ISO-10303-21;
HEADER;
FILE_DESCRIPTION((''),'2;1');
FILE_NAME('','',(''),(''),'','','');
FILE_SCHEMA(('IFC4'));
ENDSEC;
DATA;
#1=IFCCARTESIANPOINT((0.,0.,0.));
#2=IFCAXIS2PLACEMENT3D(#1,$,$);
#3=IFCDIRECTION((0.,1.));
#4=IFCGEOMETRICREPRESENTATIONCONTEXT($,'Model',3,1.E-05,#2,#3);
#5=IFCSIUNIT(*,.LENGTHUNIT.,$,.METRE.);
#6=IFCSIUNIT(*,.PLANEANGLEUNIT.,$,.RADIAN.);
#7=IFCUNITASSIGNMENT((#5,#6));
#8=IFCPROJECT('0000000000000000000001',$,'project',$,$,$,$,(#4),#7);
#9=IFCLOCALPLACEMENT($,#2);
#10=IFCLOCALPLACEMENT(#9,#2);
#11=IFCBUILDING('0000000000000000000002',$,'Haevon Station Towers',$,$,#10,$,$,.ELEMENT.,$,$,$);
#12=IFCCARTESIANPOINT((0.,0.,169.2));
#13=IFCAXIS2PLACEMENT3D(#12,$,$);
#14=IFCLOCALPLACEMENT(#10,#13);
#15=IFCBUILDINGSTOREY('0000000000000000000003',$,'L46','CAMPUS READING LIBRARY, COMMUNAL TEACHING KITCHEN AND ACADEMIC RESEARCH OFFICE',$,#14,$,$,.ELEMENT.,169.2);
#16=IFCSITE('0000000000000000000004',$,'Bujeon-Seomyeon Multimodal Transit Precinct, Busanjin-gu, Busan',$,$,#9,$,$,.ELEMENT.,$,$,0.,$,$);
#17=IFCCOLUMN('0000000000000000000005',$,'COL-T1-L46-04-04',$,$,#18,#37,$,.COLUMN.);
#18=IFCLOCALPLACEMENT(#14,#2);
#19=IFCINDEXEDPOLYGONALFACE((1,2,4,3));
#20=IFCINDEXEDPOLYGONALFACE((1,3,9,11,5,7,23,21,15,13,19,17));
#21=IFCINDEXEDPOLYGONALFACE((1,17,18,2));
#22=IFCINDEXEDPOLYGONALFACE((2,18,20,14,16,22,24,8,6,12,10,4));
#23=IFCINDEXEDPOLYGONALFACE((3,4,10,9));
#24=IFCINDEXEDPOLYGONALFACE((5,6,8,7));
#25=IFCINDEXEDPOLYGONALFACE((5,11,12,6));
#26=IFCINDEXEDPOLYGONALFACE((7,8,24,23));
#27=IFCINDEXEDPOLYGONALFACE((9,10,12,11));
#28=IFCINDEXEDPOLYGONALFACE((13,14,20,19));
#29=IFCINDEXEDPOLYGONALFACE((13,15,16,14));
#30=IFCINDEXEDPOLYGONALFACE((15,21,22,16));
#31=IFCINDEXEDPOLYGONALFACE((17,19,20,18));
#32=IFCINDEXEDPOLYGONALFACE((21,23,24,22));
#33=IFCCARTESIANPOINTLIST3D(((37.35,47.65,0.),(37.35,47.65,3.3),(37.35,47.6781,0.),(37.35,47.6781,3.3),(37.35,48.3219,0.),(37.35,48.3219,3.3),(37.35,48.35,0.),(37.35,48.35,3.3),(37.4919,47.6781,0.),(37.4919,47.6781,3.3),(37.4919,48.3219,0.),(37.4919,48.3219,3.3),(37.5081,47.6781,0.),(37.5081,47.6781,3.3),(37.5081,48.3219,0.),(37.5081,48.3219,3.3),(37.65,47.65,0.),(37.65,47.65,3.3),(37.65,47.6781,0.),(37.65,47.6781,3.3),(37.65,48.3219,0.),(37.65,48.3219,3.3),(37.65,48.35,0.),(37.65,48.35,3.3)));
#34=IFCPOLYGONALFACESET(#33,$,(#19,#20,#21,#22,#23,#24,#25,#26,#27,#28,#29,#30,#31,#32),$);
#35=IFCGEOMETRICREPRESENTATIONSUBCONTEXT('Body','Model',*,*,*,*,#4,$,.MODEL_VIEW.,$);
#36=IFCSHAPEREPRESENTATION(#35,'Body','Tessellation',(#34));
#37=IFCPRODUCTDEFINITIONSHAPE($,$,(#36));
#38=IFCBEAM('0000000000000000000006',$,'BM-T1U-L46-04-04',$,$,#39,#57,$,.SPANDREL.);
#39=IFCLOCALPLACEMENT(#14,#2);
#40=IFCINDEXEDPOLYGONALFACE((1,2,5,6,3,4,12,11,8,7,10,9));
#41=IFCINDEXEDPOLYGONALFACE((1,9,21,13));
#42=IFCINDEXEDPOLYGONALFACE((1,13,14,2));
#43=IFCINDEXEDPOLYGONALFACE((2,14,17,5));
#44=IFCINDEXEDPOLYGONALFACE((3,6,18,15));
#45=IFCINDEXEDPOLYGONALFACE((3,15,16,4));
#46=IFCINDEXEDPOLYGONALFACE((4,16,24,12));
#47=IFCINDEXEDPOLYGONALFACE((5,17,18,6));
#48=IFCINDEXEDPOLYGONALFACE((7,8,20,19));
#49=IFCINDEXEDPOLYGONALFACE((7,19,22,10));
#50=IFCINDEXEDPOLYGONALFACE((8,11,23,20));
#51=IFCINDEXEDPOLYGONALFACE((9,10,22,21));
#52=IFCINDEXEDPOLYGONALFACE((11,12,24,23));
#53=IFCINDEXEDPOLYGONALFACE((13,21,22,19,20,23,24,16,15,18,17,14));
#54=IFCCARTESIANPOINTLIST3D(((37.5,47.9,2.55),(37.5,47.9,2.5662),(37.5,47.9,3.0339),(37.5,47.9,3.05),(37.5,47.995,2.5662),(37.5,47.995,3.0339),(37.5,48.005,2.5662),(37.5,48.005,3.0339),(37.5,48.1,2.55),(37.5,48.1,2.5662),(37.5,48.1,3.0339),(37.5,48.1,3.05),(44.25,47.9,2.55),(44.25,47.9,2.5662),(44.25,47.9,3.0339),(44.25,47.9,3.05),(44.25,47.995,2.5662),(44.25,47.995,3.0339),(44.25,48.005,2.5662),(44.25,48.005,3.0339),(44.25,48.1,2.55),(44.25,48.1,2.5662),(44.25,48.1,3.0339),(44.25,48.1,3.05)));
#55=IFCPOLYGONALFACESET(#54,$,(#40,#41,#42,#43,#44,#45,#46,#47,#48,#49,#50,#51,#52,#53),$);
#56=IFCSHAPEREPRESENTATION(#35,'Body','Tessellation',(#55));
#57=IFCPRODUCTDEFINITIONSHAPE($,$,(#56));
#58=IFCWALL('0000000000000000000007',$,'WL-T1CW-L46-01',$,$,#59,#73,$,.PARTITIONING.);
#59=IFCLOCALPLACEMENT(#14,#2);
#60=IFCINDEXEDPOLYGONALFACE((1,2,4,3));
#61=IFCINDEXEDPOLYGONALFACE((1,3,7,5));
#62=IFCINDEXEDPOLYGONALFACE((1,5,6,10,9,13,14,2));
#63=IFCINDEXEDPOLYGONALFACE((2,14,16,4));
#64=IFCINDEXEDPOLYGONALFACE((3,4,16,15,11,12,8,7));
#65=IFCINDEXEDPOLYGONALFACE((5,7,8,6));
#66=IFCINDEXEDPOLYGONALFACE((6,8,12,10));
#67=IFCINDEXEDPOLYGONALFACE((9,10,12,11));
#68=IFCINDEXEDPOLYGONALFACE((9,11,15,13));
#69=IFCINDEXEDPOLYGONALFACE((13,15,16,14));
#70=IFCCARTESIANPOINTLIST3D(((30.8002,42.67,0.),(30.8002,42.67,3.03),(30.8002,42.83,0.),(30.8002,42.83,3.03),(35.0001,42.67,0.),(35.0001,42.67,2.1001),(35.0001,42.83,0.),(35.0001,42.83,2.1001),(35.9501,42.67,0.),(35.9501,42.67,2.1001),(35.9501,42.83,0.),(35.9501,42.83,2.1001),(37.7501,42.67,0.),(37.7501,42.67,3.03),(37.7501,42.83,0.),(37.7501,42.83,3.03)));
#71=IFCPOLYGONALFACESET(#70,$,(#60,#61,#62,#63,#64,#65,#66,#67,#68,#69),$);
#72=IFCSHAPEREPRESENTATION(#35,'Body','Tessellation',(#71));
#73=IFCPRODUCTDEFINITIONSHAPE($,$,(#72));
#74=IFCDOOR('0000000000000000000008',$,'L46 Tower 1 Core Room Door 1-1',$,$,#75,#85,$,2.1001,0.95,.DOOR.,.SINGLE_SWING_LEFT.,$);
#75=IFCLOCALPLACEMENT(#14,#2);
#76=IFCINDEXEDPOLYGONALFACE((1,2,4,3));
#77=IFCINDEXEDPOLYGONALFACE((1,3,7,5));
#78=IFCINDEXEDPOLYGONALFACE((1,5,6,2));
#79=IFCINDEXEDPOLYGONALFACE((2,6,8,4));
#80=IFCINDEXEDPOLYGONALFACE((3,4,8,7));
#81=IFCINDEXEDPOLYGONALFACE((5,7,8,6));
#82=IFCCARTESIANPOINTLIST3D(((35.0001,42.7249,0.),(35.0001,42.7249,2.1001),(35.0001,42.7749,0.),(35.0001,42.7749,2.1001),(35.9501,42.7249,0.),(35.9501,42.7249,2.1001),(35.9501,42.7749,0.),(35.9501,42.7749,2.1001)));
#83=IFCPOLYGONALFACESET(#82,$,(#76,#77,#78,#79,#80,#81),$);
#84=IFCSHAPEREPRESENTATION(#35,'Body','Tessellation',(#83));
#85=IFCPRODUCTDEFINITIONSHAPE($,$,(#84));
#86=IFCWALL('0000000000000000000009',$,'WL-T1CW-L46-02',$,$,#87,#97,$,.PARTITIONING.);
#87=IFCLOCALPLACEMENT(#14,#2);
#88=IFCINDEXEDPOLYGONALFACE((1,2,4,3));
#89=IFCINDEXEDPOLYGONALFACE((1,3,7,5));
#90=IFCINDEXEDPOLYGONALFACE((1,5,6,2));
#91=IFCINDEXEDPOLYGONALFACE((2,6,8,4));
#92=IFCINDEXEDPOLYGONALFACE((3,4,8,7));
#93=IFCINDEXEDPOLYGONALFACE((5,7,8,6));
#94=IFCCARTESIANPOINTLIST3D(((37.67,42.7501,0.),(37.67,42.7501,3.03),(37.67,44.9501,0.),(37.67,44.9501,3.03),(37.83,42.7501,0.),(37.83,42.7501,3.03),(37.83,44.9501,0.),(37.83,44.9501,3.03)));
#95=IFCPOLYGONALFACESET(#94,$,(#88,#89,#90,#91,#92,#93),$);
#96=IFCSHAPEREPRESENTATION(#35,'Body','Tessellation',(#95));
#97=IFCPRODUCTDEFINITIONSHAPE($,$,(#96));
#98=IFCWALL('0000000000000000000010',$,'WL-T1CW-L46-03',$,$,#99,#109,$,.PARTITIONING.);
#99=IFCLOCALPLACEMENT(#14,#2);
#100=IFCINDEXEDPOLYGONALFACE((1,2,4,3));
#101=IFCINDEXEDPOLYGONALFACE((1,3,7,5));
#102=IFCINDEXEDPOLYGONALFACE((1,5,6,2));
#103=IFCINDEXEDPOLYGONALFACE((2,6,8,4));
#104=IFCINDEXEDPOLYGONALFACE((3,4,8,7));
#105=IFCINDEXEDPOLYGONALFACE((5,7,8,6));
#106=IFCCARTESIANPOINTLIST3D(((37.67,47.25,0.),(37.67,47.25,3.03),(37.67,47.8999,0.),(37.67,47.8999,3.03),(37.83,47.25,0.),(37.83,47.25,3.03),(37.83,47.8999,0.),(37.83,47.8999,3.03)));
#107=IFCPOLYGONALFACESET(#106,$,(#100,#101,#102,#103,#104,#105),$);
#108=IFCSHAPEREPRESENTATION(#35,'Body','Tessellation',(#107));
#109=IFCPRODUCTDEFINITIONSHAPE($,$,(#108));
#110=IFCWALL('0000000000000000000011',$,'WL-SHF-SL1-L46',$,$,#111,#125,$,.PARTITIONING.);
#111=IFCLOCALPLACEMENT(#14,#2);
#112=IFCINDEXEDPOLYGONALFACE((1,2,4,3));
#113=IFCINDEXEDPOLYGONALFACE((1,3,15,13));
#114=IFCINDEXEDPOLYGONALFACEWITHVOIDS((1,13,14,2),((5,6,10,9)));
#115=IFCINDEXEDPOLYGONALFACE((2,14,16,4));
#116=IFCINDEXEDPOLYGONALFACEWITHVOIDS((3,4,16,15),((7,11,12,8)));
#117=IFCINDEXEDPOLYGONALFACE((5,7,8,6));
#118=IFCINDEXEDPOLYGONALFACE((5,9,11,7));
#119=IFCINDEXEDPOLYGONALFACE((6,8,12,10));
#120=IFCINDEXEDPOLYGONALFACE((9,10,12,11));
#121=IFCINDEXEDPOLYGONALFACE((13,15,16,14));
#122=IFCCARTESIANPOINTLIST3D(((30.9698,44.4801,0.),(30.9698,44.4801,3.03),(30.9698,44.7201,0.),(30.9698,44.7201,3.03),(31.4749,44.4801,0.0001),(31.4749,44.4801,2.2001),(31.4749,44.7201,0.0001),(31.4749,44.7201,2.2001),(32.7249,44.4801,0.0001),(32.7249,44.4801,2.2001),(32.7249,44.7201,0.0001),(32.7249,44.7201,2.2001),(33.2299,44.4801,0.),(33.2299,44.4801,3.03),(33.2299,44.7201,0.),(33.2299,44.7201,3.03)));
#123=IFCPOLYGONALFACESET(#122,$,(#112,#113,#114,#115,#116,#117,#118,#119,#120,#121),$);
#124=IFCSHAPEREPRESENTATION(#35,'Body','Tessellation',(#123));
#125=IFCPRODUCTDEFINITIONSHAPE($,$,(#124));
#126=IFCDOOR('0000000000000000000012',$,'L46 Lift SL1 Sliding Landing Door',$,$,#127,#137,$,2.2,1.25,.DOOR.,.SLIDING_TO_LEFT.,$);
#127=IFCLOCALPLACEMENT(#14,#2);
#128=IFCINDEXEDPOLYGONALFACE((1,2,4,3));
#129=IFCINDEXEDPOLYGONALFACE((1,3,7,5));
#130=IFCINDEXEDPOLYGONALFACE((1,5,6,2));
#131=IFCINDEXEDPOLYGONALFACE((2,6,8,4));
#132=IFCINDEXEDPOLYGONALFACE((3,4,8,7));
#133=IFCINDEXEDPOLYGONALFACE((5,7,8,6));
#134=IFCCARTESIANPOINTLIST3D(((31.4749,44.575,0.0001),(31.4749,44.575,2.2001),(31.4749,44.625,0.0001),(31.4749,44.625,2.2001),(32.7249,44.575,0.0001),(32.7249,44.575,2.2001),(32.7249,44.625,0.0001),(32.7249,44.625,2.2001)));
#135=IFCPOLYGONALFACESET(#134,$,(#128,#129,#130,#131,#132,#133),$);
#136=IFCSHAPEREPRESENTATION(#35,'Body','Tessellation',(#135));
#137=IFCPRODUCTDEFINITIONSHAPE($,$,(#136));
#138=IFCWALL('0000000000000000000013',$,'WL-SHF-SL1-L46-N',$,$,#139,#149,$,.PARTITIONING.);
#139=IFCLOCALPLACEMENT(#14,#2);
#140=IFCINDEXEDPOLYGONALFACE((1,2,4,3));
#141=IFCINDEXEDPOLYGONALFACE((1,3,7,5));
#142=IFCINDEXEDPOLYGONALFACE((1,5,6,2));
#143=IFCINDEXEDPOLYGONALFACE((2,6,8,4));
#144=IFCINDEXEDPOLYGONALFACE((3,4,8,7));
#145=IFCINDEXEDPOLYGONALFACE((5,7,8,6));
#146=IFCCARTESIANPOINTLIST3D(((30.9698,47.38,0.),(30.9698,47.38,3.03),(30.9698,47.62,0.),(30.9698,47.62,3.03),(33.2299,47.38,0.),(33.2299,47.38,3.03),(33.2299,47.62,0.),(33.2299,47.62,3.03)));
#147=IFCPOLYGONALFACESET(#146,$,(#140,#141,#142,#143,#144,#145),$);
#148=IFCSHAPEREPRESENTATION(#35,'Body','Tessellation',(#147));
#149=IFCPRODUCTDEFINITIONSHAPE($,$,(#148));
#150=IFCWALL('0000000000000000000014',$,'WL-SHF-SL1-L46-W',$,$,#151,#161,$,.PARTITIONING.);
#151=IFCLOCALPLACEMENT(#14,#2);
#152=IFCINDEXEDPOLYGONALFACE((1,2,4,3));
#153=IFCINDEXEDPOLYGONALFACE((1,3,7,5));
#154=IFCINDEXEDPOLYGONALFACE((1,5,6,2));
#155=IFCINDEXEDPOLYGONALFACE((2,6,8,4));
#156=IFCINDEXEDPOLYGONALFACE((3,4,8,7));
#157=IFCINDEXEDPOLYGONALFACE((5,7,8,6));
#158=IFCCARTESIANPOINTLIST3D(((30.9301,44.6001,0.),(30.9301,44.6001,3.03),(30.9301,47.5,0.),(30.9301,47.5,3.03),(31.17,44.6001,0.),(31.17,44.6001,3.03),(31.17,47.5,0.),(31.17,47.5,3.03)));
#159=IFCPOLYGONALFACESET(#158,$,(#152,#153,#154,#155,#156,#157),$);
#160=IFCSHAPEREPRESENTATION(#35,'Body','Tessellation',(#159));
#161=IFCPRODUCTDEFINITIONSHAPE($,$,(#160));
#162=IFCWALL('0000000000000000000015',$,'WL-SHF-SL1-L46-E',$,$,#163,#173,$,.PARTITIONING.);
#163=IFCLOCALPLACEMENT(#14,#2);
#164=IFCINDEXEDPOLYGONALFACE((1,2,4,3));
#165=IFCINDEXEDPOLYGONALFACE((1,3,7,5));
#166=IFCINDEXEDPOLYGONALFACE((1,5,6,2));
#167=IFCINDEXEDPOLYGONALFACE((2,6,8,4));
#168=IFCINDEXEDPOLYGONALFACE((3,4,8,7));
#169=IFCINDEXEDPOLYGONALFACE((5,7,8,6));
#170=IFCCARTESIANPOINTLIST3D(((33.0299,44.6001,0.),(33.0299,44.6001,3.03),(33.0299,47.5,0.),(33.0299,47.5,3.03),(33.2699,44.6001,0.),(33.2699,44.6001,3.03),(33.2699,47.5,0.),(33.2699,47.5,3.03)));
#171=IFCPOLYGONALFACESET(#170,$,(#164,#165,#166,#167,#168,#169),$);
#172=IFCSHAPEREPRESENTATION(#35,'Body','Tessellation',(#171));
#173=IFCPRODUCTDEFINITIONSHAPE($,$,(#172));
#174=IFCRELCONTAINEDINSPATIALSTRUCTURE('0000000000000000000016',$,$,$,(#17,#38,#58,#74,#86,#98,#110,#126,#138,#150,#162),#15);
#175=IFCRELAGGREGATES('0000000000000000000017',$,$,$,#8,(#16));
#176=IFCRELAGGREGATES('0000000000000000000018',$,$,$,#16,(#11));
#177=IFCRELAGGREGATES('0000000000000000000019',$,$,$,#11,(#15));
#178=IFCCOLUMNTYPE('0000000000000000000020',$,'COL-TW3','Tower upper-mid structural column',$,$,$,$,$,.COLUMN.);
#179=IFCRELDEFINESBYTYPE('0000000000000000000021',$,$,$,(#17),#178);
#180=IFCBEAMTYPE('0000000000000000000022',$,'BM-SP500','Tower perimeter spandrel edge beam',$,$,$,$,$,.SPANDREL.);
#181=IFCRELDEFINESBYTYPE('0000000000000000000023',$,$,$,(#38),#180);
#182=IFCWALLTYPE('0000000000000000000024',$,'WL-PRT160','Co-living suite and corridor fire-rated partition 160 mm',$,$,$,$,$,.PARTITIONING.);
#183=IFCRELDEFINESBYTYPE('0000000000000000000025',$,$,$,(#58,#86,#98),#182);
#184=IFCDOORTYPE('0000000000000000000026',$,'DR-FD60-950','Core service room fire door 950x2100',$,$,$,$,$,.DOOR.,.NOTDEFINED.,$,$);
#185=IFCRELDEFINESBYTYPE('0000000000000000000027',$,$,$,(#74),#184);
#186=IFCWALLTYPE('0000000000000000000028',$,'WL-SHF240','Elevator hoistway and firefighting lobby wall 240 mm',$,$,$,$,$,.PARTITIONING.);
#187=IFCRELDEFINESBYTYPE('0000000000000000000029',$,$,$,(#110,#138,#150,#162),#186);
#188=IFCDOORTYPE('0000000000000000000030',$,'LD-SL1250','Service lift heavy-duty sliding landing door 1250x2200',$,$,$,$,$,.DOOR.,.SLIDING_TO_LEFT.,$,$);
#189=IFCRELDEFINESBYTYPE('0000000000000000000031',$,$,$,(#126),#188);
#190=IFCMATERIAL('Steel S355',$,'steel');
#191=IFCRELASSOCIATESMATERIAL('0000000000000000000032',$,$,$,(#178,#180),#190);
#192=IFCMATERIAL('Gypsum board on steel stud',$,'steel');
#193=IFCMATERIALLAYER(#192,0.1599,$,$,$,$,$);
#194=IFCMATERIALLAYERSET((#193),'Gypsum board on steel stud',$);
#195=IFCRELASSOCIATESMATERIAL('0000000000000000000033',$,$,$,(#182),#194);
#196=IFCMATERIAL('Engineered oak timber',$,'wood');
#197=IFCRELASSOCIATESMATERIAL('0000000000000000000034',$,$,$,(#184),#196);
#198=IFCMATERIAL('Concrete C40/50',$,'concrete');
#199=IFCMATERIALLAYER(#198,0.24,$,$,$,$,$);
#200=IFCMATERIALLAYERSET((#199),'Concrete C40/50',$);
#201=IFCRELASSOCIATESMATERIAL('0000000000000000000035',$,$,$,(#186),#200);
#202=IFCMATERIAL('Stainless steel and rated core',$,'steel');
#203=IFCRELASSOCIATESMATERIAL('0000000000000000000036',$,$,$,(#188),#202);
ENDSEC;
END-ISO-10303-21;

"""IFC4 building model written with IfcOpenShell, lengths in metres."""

from ifc_helpers import new_model, si_unit, direction, frame, frame_2d, origin, origin_2d, place, context, subcontext, project, spatial, rectangle, i_section, extrude, material, layer, layer_set, material_profile, profile_set, type_object, element, fill, save


model = new_model("IFC4")

# Units and contexts
model_context = context("Model", 3, precision=1e-05, world=origin(), true_north=direction((0.0, 1.0)))
body_context = subcontext(model_context, "Body", "Model", "MODEL_VIEW")
ifc_project = project(units=[si_unit("LENGTHUNIT", "METRE"), si_unit("PLANEANGLEUNIT", "RADIAN")], contexts=[model_context])

# Site, building, storey
site_placement = place(None, origin())
site = spatial("IfcSite", under=ifc_project, at=site_placement, Name="Bujeon-Seomyeon Multimodal Transit Precinct, Busanjin-gu, Busan", CompositionType="ELEMENT", RefElevation=0.0)
building_placement = place(site_placement, origin())
building = spatial("IfcBuilding", under=site, at=building_placement, Name="Haevon Station Towers", CompositionType="ELEMENT")
storey_placement = place(building_placement, frame((0.0, 0.0, 169.2)))
storey = spatial("IfcBuildingStorey", under=building, at=storey_placement, Name="L46", Description="CAMPUS READING LIBRARY, COMMUNAL TEACHING KITCHEN AND ACADEMIC RESEARCH OFFICE", CompositionType="ELEMENT", Elevation=169.2)

# Column
ifc_material_1 = material(Name="Steel S355", Category="steel")
ifc_material_profile_1 = material_profile(ifc_material_1, i_section(OverallWidth=0.3, OverallDepth=0.7, WebThickness=0.0161, FlangeThickness=0.0281, at=origin_2d()), Name="H-700x300x16x28")
ifc_profile_set_1 = profile_set([ifc_material_profile_1], Name="Steel S355")
column_type = type_object("IfcColumnType", Name="COL-TW3", Description="Tower upper-mid structural column", PredefinedType="COLUMN", material=ifc_profile_set_1)
column_placement = place(storey_placement, frame((37.5, 48.0, 0.0), z_axis=(0.0, 0.0, 1.0), x_axis=(1.0, 0.0, 0.0)))
element("IfcColumn", 1, at=column_placement, inside=storey, type_object=column_type, Name="COL-T1-L46-04-04", PredefinedType="COLUMN", context=body_context, shape_type="SweptSolid", body=[
    extrude(i_section(OverallWidth=0.3, OverallDepth=0.7, WebThickness=0.0161, FlangeThickness=0.0281, at=origin_2d()), origin(), (0.0, 0.0, 1.0), 3.3),
])

# Beam
ifc_material_profile_2 = material_profile(ifc_material_1, i_section(OverallWidth=0.2, OverallDepth=0.5, WebThickness=0.01, FlangeThickness=0.0161, at=origin_2d()), Name="H-500x200x10x16")
ifc_profile_set_2 = profile_set([ifc_material_profile_2], Name="Steel S355")
beam_type = type_object("IfcBeamType", Name="BM-SP500", Description="Tower perimeter spandrel edge beam", PredefinedType="SPANDREL", material=ifc_profile_set_2)
beam_placement = place(storey_placement, frame((37.5, 48.0, 2.8), z_axis=(1.0, 0.0, 0.0), x_axis=(0.0, 1.0, 0.0)))
element("IfcBeam", 2, at=beam_placement, inside=storey, type_object=beam_type, Name="BM-T1U-L46-04-04", PredefinedType="SPANDREL", context=body_context, shape_type="SweptSolid", body=[
    extrude(i_section(OverallWidth=0.2, OverallDepth=0.5, WebThickness=0.01, FlangeThickness=0.0161, at=origin_2d()), origin(), (0.0, 0.0, 1.0), 6.75),
])

# Wall, opening, door
ifc_material_2 = material(Name="Gypsum board on steel stud", Category="steel")
ifc_layer_1 = layer(ifc_material_2, 0.1599)
ifc_layer_set_1 = layer_set([ifc_layer_1], Name="Gypsum board on steel stud")
wall_type_1 = type_object("IfcWallType", Name="WL-PRT160", Description="Co-living suite and corridor fire-rated partition 160 mm", PredefinedType="PARTITIONING", material=ifc_layer_set_1)
wall_1_placement = place(storey_placement, frame((30.8, 42.75, 0.0), z_axis=(0.0, 0.0, 1.0), x_axis=(1.0, 0.0, 0.0)))
wall_1 = element("IfcWall", 3, at=wall_1_placement, inside=storey, type_object=wall_type_1, Name="WL-T1CW-L46-01", PredefinedType="PARTITIONING", context=body_context, shape_type="SweptSolid", body=[
    extrude(rectangle(XDim=6.95, YDim=0.1599, at=frame_2d((3.4751, 0.0))), origin(), (0.0, 0.0, 1.0), 3.03),
])
opening_1_placement = place(wall_1_placement, frame((4.2, 0.0, 0.0)))
opening_1 = element("IfcOpeningElement", 4, at=opening_1_placement, cuts=wall_1, PredefinedType="OPENING", context=body_context, shape_type="SweptSolid", body=[
    extrude(rectangle(XDim=0.95, YDim=2.1001, at=frame_2d((0.4751, 1.05))), frame((0.0, 0.0898, 0.0), z_axis=(0.0, -1.0, 0.0), x_axis=(1.0, 0.0, 0.0)), (0.0, 0.0, 1.0), 0.1799),
])
ifc_material_3 = material(Name="Engineered oak timber", Category="wood")
door_type_1 = type_object("IfcDoorType", Name="DR-FD60-950", Description="Core service room fire door 950x2100", OperationType="NOTDEFINED", PredefinedType="DOOR", material=ifc_material_3)
door_1_placement = place(opening_1_placement, origin())
door_1 = element("IfcDoor", 5, at=door_1_placement, inside=storey, type_object=door_type_1, Name="L46 Tower 1 Core Room Door 1-1", OperationType="SINGLE_SWING_LEFT", OverallHeight=2.1001, OverallWidth=0.95, PredefinedType="DOOR", context=body_context, shape_type="SweptSolid", body=[
    extrude(rectangle(XDim=0.95, YDim=2.1001, at=frame_2d((0.4751, 1.05))), frame((0.0, 0.0249, 0.0), z_axis=(0.0, -1.0, 0.0), x_axis=(1.0, 0.0, 0.0)), (0.0, 0.0, 1.0), 0.05),
])
fill(opening_1, door_1)

# Walls
wall_2_placement = place(storey_placement, frame((37.75, 42.75, 0.0), z_axis=(0.0, 0.0, 1.0), x_axis=(0.0, 1.0, 0.0)))
element("IfcWall", 6, at=wall_2_placement, inside=storey, type_object=wall_type_1, Name="WL-T1CW-L46-02", PredefinedType="PARTITIONING", context=body_context, shape_type="SweptSolid", body=[
    extrude(rectangle(XDim=2.2, YDim=0.1599, at=frame_2d((1.1001, 0.0))), origin(), (0.0, 0.0, 1.0), 3.03),
])
wall_3_placement = place(storey_placement, frame((37.75, 47.25, 0.0), z_axis=(0.0, 0.0, 1.0), x_axis=(0.0, 1.0, 0.0)))
element("IfcWall", 7, at=wall_3_placement, inside=storey, type_object=wall_type_1, Name="WL-T1CW-L46-03", PredefinedType="PARTITIONING", context=body_context, shape_type="SweptSolid", body=[
    extrude(rectangle(XDim=0.6499, YDim=0.1599, at=frame_2d((0.325, 0.0))), origin(), (0.0, 0.0, 1.0), 3.03),
])

# Wall, opening, door
ifc_material_4 = material(Name="Concrete C40/50", Category="concrete")
ifc_layer_2 = layer(ifc_material_4, 0.24)
ifc_layer_set_2 = layer_set([ifc_layer_2], Name="Concrete C40/50")
wall_type_2 = type_object("IfcWallType", Name="WL-SHF240", Description="Elevator hoistway and firefighting lobby wall 240 mm", PredefinedType="PARTITIONING", material=ifc_layer_set_2)
wall_4_placement = place(storey_placement, frame((30.97, 44.6001, 0.0), z_axis=(0.0, 0.0, 1.0), x_axis=(1.0, 0.0, 0.0)))
wall_4 = element("IfcWall", 8, at=wall_4_placement, inside=storey, type_object=wall_type_2, Name="WL-SHF-SL1-L46", PredefinedType="PARTITIONING", context=body_context, shape_type="SweptSolid", body=[
    extrude(rectangle(XDim=2.26, YDim=0.24, at=frame_2d((1.1299, 0.0))), origin(), (0.0, 0.0, 1.0), 3.03),
])
opening_2_placement = place(wall_4_placement, frame((0.5049, 0.0, 0.0)))
opening_2 = element("IfcOpeningElement", 9, at=opening_2_placement, cuts=wall_4, PredefinedType="OPENING", context=body_context, shape_type="SweptSolid", body=[
    extrude(rectangle(XDim=1.25, YDim=2.2, at=frame_2d((0.625, 1.1001))), frame((0.0, 0.1299, 0.0), z_axis=(0.0, -1.0, 0.0), x_axis=(1.0, 0.0, 0.0)), (0.0, 0.0, 1.0), 0.26),
])
ifc_material_5 = material(Name="Stainless steel and rated core", Category="steel")
door_type_2 = type_object("IfcDoorType", Name="LD-SL1250", Description="Service lift heavy-duty sliding landing door 1250x2200", OperationType="SLIDING_TO_LEFT", PredefinedType="DOOR", material=ifc_material_5)
door_2_placement = place(opening_2_placement, origin())
door_2 = element("IfcDoor", 10, at=door_2_placement, inside=storey, type_object=door_type_2, Name="L46 Lift SL1 Sliding Landing Door", OperationType="SLIDING_TO_LEFT", OverallHeight=2.2, OverallWidth=1.25, PredefinedType="DOOR", context=body_context, shape_type="SweptSolid", body=[
    extrude(rectangle(XDim=1.25, YDim=2.2, at=frame_2d((0.625, 1.1001))), frame((0.0, 0.0249, 0.0), z_axis=(0.0, -1.0, 0.0), x_axis=(1.0, 0.0, 0.0)), (0.0, 0.0, 1.0), 0.05),
])
fill(opening_2, door_2)

# Walls
wall_5_placement = place(storey_placement, frame((30.97, 47.5, 0.0), z_axis=(0.0, 0.0, 1.0), x_axis=(1.0, 0.0, 0.0)))
element("IfcWall", 11, at=wall_5_placement, inside=storey, type_object=wall_type_2, Name="WL-SHF-SL1-L46-N", PredefinedType="PARTITIONING", context=body_context, shape_type="SweptSolid", body=[
    extrude(rectangle(XDim=2.26, YDim=0.24, at=frame_2d((1.1299, 0.0))), origin(), (0.0, 0.0, 1.0), 3.03),
])
for number, where, z_axis, x_axis, name in (
    (12, (31.05, 44.6001, 0.0), (0.0, 0.0, 1.0), (0.0, 1.0, 0.0), "WL-SHF-SL1-L46-W"),
    (13, (33.1499, 44.6001, 0.0), (0.0, 0.0, 1.0), (0.0, 1.0, 0.0), "WL-SHF-SL1-L46-E"),
):
    element("IfcWall", number, at=place(storey_placement, frame(where, z_axis=z_axis, x_axis=x_axis)), inside=storey, type_object=wall_type_2, Name=name, PredefinedType="PARTITIONING", context=body_context, shape_type="SweptSolid", body=[
        extrude(rectangle(XDim=2.8999, YDim=0.24, at=frame_2d((1.45, 0.0))), origin(), (0.0, 0.0, 1.0), 3.03),
    ])

save(model, "model.ifc")
